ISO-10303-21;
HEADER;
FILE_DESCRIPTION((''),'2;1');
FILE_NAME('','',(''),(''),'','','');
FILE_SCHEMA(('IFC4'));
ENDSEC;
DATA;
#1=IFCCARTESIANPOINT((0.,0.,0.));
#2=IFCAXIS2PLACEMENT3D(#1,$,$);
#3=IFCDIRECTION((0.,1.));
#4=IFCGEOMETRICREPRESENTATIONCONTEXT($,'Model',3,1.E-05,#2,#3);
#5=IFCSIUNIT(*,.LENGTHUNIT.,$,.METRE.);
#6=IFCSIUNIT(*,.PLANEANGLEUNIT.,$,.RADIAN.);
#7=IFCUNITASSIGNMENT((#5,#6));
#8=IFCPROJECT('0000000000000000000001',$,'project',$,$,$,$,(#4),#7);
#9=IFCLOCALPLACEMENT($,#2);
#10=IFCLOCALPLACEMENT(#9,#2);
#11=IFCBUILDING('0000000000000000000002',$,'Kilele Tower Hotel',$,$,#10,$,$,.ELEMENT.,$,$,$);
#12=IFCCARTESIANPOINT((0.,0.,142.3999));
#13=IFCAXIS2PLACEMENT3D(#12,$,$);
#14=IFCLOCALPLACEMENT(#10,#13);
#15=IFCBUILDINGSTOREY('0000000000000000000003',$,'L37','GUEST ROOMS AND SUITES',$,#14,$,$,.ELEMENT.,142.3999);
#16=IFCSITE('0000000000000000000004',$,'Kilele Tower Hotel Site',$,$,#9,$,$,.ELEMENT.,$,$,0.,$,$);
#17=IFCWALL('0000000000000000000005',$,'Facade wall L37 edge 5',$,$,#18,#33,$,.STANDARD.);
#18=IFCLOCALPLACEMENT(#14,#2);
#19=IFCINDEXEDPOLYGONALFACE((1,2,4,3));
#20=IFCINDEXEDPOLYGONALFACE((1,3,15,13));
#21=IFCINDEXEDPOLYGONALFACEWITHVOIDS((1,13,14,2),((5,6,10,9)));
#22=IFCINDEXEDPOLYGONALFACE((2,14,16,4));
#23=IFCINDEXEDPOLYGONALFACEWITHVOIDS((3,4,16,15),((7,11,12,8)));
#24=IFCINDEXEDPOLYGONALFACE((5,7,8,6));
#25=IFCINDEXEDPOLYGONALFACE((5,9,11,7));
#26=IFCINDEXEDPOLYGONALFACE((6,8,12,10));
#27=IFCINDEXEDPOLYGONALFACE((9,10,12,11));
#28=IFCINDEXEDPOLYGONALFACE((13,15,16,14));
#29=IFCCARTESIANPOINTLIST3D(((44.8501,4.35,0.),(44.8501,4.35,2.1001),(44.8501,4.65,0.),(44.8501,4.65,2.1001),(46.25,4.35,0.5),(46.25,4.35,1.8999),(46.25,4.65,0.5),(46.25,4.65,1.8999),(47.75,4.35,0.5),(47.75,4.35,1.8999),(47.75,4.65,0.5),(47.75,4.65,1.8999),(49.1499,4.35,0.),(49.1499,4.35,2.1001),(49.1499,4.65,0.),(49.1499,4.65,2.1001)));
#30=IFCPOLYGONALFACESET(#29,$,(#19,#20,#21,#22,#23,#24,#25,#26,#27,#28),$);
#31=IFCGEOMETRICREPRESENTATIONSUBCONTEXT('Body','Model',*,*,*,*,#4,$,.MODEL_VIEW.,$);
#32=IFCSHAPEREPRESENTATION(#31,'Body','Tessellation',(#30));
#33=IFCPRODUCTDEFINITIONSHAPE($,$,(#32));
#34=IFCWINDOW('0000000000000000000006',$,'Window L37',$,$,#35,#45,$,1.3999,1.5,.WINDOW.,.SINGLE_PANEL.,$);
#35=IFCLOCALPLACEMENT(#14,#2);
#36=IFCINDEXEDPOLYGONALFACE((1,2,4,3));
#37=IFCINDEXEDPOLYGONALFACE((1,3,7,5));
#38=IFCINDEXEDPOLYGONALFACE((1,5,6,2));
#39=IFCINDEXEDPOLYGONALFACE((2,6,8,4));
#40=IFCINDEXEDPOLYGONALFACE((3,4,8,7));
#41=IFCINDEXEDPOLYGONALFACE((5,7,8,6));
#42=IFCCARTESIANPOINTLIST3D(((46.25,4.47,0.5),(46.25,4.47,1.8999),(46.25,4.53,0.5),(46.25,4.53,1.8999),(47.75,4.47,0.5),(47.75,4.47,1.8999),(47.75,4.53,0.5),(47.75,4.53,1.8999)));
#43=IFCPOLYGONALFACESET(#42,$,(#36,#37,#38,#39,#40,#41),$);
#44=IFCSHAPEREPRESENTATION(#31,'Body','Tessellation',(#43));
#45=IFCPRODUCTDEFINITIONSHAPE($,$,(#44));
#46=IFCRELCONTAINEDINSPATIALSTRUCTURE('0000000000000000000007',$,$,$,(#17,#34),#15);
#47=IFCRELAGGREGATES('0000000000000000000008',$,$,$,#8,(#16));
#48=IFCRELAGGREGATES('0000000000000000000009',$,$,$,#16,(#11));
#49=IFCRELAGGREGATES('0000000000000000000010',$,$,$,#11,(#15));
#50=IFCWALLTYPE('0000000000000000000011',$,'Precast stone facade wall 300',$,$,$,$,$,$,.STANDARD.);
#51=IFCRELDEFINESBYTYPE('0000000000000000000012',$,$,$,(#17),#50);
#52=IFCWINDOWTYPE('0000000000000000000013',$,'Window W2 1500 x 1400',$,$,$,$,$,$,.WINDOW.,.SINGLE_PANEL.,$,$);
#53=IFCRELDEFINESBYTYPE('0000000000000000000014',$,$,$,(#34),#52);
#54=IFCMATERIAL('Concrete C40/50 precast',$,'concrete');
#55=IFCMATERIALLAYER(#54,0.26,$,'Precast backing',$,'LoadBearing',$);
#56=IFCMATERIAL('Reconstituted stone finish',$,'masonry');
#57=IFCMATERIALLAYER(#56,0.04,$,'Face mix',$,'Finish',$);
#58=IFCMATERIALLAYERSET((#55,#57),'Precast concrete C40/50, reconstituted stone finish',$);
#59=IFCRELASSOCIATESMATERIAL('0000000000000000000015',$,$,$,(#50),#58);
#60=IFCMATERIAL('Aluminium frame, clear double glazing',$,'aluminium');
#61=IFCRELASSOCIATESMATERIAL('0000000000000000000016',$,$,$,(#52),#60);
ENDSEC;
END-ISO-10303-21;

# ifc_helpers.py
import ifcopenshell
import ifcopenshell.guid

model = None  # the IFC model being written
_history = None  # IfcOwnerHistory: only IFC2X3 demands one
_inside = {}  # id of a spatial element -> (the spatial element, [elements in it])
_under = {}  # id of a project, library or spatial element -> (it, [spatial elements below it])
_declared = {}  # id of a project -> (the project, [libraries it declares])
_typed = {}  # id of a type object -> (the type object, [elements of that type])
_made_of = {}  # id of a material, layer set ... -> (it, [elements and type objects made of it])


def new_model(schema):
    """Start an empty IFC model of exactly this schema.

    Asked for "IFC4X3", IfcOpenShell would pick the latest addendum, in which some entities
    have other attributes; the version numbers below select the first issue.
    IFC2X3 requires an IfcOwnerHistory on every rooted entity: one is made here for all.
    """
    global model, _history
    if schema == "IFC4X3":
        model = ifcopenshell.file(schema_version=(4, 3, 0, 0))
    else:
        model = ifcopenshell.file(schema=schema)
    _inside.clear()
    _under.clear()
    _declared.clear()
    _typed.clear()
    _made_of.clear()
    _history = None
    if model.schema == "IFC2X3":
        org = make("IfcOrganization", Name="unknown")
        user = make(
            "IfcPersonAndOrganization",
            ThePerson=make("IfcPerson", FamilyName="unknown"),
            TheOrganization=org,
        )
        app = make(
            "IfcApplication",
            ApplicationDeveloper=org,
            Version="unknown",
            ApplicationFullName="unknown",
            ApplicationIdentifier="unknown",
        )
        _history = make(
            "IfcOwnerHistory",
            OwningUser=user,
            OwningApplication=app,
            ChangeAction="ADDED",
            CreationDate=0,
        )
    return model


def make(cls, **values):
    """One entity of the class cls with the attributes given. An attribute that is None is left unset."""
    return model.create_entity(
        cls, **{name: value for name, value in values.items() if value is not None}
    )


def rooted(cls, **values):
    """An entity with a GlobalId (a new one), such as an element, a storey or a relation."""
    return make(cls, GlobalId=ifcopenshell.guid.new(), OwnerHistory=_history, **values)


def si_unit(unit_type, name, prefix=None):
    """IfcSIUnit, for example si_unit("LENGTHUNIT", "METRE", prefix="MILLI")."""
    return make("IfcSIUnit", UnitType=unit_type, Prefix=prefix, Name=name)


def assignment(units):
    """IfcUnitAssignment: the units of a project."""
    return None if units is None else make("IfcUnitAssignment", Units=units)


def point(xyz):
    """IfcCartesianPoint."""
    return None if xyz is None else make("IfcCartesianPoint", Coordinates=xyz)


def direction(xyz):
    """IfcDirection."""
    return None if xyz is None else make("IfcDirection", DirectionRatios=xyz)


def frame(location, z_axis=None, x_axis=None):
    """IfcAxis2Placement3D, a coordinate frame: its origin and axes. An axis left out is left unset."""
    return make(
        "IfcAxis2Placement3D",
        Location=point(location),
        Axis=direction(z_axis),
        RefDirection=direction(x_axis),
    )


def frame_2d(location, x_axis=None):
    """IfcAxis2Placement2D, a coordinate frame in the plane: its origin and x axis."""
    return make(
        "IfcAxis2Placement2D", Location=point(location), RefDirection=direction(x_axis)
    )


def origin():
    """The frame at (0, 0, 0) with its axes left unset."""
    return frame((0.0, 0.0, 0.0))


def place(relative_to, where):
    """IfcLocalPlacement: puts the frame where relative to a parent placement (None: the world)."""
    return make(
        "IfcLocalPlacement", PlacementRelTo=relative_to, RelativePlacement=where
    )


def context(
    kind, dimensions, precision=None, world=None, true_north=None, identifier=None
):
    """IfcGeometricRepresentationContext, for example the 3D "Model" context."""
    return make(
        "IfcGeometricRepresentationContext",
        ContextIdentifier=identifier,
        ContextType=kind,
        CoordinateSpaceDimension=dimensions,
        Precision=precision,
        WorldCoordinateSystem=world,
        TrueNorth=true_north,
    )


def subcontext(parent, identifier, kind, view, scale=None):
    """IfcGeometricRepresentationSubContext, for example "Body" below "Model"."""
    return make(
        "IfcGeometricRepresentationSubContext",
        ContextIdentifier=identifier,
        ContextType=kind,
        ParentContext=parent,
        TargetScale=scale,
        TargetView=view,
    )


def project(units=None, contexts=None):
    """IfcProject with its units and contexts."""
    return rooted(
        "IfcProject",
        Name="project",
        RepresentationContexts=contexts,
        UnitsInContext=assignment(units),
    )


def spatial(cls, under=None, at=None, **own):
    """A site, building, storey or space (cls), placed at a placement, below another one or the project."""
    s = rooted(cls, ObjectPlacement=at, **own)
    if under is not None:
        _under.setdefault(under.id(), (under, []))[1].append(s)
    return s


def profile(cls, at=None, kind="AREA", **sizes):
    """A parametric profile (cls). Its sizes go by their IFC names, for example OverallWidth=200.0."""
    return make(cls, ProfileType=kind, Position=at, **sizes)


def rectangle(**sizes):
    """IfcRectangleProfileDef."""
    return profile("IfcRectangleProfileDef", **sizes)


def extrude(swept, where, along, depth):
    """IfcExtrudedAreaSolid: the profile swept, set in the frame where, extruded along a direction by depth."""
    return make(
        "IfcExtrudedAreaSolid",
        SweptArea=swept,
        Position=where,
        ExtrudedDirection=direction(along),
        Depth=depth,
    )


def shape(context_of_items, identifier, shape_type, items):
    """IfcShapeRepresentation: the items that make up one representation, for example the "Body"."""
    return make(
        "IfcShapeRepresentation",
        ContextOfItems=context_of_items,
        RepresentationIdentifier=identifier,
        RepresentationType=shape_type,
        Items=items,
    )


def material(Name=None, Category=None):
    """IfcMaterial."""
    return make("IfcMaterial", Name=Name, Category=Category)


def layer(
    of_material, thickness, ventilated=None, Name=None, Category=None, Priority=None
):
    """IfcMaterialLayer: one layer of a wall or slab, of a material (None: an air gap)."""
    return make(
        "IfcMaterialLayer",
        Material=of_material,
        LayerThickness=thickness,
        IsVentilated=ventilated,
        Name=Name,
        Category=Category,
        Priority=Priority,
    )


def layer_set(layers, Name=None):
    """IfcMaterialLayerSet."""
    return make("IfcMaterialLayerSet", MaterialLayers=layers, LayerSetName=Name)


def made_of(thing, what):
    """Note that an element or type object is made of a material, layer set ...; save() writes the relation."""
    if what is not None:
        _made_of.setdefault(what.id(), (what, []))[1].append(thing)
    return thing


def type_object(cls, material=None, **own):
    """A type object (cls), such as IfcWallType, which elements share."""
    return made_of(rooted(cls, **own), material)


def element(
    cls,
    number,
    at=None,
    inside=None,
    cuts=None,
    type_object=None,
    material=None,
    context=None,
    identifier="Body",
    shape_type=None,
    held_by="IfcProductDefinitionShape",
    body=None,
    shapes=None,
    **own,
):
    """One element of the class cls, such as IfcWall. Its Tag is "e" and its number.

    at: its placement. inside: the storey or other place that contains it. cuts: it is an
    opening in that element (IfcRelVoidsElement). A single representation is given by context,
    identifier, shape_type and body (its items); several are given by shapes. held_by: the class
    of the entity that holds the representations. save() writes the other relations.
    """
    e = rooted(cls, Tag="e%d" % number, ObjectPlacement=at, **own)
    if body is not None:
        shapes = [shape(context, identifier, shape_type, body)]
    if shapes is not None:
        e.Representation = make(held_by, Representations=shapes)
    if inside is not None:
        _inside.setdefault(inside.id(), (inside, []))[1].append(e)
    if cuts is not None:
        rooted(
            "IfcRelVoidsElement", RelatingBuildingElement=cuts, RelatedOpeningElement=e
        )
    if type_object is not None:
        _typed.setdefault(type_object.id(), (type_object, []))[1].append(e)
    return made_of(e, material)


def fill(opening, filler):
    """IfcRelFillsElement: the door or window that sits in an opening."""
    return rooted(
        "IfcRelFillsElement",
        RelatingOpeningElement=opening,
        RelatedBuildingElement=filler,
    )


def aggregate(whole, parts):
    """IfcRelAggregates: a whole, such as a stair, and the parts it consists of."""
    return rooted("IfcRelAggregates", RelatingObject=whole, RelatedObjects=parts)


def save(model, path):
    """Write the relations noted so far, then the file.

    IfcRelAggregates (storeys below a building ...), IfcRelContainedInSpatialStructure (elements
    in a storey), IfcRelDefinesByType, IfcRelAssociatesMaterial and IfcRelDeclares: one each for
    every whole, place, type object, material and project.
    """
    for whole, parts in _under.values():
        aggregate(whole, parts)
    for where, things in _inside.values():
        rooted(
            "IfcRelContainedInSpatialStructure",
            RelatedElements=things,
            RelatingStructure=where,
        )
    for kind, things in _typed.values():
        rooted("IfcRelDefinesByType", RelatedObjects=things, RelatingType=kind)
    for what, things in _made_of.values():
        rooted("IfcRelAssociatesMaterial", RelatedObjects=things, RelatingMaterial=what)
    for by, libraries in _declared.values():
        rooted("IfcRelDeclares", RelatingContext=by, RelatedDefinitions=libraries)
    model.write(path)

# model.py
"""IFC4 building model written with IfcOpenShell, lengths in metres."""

from ifc_helpers import new_model, si_unit, direction, frame, frame_2d, origin, place, context, subcontext, project, spatial, rectangle, extrude, material, layer, layer_set, type_object, element, fill, save


model = new_model("IFC4")

# Units and contexts
model_context = context("Model", 3, precision=1e-05, world=origin(), true_north=direction((0.0, 1.0)))
body_context = subcontext(model_context, "Body", "Model", "MODEL_VIEW")
ifc_project = project(units=[si_unit("LENGTHUNIT", "METRE"), si_unit("PLANEANGLEUNIT", "RADIAN")], contexts=[model_context])

# Site, building, storey
site_placement = place(None, origin())
site = spatial("IfcSite", under=ifc_project, at=site_placement, Name="Kilele Tower Hotel Site", CompositionType="ELEMENT", RefElevation=0.0)
building_placement = place(site_placement, origin())
building = spatial("IfcBuilding", under=site, at=building_placement, Name="Kilele Tower Hotel", CompositionType="ELEMENT")
storey_placement = place(building_placement, frame((0.0, 0.0, 142.3999)))
storey = spatial("IfcBuildingStorey", under=building, at=storey_placement, Name="L37", Description="GUEST ROOMS AND SUITES", CompositionType="ELEMENT", Elevation=142.3999)

# Wall, opening, window
ifc_material_1 = material(Name="Concrete C40/50 precast", Category="concrete")
ifc_layer_1 = layer(ifc_material_1, 0.26, Name="Precast backing", Category="LoadBearing")
ifc_material_2 = material(Name="Reconstituted stone finish", Category="masonry")
ifc_layer_2 = layer(ifc_material_2, 0.04, Name="Face mix", Category="Finish")
ifc_layer_set_1 = layer_set([ifc_layer_1, ifc_layer_2], Name="Precast concrete C40/50, reconstituted stone finish")
wall_type_1 = type_object("IfcWallType", Name="Precast stone facade wall 300", PredefinedType="STANDARD", material=ifc_layer_set_1)
ifc_material_3 = material(Name="Aluminium frame, clear double glazing", Category="aluminium")
window_type = type_object("IfcWindowType", Name="Window W2 1500 x 1400", PartitioningType="SINGLE_PANEL", PredefinedType="WINDOW", material=ifc_material_3)
wall_1_placement = place(storey_placement, frame((44.8501, 4.5, 0.0), z_axis=(0.0, 0.0, 1.0), x_axis=(1.0, 0.0, 0.0)))
wall_1 = element("IfcWall", 1, at=wall_1_placement, inside=storey, type_object=wall_type_1, Name="Facade wall L37 edge 5", PredefinedType="STANDARD", context=body_context, shape_type="SweptSolid", body=[
    extrude(rectangle(XDim=4.2998, YDim=0.3, at=frame_2d((2.1499, 0.0))), origin(), (0.0, 0.0, 1.0), 2.1001),
])
opening_1_placement = place(wall_1_placement, frame((1.3999, 0.0, 0.5)))
opening_1 = element("IfcOpeningElement", 2, at=opening_1_placement, cuts=wall_1, PredefinedType="OPENING", context=body_context, shape_type="SweptSolid", body=[
    extrude(rectangle(XDim=1.5, YDim=1.3999, at=frame_2d((0.75, 0.7))), frame((0.0, 0.1599, 0.0), z_axis=(0.0, -1.0, 0.0), x_axis=(1.0, 0.0, 0.0)), (0.0, 0.0, 1.0), 0.3201),
])
window_1_placement = place(opening_1_placement, origin())
window_1 = element("IfcWindow", 3, at=window_1_placement, inside=storey, type_object=window_type, Name="Window L37", OverallHeight=1.3999, OverallWidth=1.5, PartitioningType="SINGLE_PANEL", PredefinedType="WINDOW", context=body_context, shape_type="SweptSolid", body=[
    extrude(rectangle(XDim=1.5, YDim=1.3999, at=frame_2d((0.75, 0.7))), frame((0.0, 0.03, 0.0), z_axis=(0.0, -1.0, 0.0), x_axis=(1.0, 0.0, 0.0)), (0.0, 0.0, 1.0), 0.0601),
])
fill(opening_1, window_1)

save(model, "model.ifc")
